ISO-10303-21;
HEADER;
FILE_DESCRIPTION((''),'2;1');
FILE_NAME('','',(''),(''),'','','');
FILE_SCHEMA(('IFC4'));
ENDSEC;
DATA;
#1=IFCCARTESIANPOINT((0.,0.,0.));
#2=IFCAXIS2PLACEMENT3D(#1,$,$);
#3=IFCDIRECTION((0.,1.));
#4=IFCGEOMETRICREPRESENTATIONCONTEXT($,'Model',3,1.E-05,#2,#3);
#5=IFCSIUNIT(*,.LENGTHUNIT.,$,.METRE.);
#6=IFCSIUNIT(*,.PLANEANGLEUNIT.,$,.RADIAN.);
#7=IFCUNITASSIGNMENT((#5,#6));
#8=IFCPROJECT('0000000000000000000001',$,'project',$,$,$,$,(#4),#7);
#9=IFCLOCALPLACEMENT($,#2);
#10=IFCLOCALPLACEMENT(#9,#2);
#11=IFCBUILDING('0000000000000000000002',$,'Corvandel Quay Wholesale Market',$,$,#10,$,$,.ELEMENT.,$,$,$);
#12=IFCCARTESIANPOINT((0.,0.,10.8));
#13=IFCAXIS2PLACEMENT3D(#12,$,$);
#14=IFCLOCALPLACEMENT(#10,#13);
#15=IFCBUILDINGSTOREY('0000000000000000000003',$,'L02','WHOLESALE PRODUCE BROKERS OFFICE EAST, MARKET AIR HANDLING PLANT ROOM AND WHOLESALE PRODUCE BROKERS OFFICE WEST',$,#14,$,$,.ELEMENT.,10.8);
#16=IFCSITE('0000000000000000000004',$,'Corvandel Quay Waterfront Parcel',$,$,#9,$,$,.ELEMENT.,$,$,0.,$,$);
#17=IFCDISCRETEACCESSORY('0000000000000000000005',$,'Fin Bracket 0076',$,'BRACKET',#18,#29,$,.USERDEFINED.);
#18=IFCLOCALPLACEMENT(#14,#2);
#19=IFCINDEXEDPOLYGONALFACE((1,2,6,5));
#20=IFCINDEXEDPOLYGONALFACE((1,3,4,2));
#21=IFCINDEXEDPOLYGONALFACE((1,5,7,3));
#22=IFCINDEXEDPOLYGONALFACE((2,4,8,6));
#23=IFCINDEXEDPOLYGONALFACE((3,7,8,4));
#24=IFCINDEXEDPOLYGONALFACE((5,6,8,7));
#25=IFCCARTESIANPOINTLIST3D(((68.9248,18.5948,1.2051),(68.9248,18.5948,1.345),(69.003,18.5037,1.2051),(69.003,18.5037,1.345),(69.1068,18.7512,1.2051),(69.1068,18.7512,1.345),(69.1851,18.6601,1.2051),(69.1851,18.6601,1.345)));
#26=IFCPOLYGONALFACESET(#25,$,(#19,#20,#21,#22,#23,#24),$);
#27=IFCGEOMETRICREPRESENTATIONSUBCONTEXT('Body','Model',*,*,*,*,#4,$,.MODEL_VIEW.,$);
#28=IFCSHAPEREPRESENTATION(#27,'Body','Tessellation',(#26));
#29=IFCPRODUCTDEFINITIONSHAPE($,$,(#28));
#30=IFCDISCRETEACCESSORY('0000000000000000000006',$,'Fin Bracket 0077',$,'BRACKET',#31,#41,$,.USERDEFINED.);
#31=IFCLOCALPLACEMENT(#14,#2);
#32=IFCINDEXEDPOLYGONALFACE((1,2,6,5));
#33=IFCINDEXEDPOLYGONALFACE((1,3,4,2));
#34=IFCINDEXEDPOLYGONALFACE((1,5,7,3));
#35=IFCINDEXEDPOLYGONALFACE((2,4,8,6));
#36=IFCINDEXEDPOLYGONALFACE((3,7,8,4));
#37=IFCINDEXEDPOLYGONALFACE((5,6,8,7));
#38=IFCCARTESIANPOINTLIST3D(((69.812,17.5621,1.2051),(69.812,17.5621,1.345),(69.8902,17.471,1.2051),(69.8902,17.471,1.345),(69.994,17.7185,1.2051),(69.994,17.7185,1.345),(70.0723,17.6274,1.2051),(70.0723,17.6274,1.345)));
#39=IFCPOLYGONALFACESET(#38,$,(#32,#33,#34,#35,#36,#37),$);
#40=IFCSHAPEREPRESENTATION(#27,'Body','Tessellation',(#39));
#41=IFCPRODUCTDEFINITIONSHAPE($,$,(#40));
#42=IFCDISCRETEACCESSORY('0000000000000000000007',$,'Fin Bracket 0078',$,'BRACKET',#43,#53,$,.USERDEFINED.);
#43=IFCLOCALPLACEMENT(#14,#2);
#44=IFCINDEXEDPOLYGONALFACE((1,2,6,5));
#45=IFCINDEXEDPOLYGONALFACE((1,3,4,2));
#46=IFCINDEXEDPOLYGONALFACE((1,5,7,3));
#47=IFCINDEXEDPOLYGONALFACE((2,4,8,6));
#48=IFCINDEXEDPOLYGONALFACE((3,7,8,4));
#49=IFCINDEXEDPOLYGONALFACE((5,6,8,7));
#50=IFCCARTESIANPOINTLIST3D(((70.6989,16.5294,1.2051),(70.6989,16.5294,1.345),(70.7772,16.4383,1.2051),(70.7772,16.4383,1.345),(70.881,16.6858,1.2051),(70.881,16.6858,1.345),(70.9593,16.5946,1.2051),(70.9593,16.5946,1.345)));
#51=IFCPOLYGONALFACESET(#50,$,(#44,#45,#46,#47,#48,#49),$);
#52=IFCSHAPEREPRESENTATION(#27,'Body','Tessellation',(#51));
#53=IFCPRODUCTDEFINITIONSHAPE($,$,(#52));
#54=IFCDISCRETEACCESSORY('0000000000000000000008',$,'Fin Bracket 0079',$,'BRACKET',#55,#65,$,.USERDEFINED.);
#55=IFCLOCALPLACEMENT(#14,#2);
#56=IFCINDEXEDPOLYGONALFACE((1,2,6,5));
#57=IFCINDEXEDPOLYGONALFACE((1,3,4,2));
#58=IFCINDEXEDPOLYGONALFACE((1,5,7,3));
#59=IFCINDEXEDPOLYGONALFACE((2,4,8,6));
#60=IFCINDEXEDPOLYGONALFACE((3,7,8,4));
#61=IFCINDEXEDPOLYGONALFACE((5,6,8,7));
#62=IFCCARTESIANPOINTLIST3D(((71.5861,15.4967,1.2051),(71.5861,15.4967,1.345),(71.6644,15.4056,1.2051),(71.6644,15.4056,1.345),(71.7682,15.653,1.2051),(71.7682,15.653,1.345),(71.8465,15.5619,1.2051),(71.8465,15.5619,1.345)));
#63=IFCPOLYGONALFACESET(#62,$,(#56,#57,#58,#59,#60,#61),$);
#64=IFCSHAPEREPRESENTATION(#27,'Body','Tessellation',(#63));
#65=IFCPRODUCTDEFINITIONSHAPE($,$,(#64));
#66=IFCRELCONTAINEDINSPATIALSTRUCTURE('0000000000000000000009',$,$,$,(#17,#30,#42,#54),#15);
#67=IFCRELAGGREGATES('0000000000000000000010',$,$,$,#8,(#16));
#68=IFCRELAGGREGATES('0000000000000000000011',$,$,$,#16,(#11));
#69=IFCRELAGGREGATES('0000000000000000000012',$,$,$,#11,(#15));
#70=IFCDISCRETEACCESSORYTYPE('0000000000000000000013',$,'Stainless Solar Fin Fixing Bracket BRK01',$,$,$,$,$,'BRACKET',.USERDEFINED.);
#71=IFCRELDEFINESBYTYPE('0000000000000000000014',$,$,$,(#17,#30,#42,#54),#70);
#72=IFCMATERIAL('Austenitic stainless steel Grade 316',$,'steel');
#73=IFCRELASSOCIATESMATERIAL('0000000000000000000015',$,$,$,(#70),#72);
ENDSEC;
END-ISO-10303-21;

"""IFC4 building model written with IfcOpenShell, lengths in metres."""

from ifc_helpers import new_model, si_unit, direction, frame, origin, origin_2d, place, context, subcontext, project, spatial, rectangle, extrude, material, type_object, element, save


model = new_model("IFC4")

# Units and contexts
model_context = context("Model", 3, precision=1e-05, world=origin(), true_north=direction((0.0, 1.0)))
body_context = subcontext(model_context, "Body", "Model", "MODEL_VIEW")
ifc_project = project(units=[si_unit("LENGTHUNIT", "METRE"), si_unit("PLANEANGLEUNIT", "RADIAN")], contexts=[model_context])

# Site, building, storey
site_placement = place(None, origin())
site = spatial("IfcSite", under=ifc_project, at=site_placement, Name="Corvandel Quay Waterfront Parcel", CompositionType="ELEMENT", RefElevation=0.0)
building_placement = place(site_placement, origin())
building = spatial("IfcBuilding", under=site, at=building_placement, Name="Corvandel Quay Wholesale Market", CompositionType="ELEMENT")
storey_placement = place(building_placement, frame((0.0, 0.0, 10.8)))
storey = spatial("IfcBuildingStorey", under=building, at=storey_placement, Name="L02", Description="WHOLESALE PRODUCE BROKERS OFFICE EAST, MARKET AIR HANDLING PLANT ROOM AND WHOLESALE PRODUCE BROKERS OFFICE WEST", CompositionType="ELEMENT", Elevation=10.8)

# Discrete accessories
ifc_material_1 = material(Name="Austenitic stainless steel Grade 316", Category="steel")
discrete_accessory_type = type_object("IfcDiscreteAccessoryType", Name="Stainless Solar Fin Fixing Bracket BRK01", ElementType="BRACKET", PredefinedType="USERDEFINED", material=ifc_material_1)
for number, where, z_axis, x_axis, name in (
    (1, (69.0549, 18.6274, 1.2051), (0.0, 0.0, 1.0), (0.758589, 0.651569, 0.0), "Fin Bracket 0076"),
    (2, (69.9421, 17.5947, 1.2051), (0.0, 0.0, 1.0), (0.758589, 0.651569, 0.0), "Fin Bracket 0077"),
    (3, (70.8291, 16.562, 1.2051), (0.0, 0.0, 1.0), (0.758589, 0.651569, 0.0), "Fin Bracket 0078"),
    (4, (71.7163, 15.5293, 1.2051), (0.0, 0.0, 1.0), (0.758589, 0.651569, 0.0), "Fin Bracket 0079"),
):
    element("IfcDiscreteAccessory", number, at=place(storey_placement, frame(where, z_axis=z_axis, x_axis=x_axis)), inside=storey, type_object=discrete_accessory_type, Name=name, ObjectType="BRACKET", PredefinedType="USERDEFINED", context=body_context, shape_type="SweptSolid", body=[
        extrude(rectangle(XDim=0.24, YDim=0.1201, at=origin_2d()), origin(), (0.0, 0.0, 1.0), 0.1399),
    ])

save(model, "model.ifc")
